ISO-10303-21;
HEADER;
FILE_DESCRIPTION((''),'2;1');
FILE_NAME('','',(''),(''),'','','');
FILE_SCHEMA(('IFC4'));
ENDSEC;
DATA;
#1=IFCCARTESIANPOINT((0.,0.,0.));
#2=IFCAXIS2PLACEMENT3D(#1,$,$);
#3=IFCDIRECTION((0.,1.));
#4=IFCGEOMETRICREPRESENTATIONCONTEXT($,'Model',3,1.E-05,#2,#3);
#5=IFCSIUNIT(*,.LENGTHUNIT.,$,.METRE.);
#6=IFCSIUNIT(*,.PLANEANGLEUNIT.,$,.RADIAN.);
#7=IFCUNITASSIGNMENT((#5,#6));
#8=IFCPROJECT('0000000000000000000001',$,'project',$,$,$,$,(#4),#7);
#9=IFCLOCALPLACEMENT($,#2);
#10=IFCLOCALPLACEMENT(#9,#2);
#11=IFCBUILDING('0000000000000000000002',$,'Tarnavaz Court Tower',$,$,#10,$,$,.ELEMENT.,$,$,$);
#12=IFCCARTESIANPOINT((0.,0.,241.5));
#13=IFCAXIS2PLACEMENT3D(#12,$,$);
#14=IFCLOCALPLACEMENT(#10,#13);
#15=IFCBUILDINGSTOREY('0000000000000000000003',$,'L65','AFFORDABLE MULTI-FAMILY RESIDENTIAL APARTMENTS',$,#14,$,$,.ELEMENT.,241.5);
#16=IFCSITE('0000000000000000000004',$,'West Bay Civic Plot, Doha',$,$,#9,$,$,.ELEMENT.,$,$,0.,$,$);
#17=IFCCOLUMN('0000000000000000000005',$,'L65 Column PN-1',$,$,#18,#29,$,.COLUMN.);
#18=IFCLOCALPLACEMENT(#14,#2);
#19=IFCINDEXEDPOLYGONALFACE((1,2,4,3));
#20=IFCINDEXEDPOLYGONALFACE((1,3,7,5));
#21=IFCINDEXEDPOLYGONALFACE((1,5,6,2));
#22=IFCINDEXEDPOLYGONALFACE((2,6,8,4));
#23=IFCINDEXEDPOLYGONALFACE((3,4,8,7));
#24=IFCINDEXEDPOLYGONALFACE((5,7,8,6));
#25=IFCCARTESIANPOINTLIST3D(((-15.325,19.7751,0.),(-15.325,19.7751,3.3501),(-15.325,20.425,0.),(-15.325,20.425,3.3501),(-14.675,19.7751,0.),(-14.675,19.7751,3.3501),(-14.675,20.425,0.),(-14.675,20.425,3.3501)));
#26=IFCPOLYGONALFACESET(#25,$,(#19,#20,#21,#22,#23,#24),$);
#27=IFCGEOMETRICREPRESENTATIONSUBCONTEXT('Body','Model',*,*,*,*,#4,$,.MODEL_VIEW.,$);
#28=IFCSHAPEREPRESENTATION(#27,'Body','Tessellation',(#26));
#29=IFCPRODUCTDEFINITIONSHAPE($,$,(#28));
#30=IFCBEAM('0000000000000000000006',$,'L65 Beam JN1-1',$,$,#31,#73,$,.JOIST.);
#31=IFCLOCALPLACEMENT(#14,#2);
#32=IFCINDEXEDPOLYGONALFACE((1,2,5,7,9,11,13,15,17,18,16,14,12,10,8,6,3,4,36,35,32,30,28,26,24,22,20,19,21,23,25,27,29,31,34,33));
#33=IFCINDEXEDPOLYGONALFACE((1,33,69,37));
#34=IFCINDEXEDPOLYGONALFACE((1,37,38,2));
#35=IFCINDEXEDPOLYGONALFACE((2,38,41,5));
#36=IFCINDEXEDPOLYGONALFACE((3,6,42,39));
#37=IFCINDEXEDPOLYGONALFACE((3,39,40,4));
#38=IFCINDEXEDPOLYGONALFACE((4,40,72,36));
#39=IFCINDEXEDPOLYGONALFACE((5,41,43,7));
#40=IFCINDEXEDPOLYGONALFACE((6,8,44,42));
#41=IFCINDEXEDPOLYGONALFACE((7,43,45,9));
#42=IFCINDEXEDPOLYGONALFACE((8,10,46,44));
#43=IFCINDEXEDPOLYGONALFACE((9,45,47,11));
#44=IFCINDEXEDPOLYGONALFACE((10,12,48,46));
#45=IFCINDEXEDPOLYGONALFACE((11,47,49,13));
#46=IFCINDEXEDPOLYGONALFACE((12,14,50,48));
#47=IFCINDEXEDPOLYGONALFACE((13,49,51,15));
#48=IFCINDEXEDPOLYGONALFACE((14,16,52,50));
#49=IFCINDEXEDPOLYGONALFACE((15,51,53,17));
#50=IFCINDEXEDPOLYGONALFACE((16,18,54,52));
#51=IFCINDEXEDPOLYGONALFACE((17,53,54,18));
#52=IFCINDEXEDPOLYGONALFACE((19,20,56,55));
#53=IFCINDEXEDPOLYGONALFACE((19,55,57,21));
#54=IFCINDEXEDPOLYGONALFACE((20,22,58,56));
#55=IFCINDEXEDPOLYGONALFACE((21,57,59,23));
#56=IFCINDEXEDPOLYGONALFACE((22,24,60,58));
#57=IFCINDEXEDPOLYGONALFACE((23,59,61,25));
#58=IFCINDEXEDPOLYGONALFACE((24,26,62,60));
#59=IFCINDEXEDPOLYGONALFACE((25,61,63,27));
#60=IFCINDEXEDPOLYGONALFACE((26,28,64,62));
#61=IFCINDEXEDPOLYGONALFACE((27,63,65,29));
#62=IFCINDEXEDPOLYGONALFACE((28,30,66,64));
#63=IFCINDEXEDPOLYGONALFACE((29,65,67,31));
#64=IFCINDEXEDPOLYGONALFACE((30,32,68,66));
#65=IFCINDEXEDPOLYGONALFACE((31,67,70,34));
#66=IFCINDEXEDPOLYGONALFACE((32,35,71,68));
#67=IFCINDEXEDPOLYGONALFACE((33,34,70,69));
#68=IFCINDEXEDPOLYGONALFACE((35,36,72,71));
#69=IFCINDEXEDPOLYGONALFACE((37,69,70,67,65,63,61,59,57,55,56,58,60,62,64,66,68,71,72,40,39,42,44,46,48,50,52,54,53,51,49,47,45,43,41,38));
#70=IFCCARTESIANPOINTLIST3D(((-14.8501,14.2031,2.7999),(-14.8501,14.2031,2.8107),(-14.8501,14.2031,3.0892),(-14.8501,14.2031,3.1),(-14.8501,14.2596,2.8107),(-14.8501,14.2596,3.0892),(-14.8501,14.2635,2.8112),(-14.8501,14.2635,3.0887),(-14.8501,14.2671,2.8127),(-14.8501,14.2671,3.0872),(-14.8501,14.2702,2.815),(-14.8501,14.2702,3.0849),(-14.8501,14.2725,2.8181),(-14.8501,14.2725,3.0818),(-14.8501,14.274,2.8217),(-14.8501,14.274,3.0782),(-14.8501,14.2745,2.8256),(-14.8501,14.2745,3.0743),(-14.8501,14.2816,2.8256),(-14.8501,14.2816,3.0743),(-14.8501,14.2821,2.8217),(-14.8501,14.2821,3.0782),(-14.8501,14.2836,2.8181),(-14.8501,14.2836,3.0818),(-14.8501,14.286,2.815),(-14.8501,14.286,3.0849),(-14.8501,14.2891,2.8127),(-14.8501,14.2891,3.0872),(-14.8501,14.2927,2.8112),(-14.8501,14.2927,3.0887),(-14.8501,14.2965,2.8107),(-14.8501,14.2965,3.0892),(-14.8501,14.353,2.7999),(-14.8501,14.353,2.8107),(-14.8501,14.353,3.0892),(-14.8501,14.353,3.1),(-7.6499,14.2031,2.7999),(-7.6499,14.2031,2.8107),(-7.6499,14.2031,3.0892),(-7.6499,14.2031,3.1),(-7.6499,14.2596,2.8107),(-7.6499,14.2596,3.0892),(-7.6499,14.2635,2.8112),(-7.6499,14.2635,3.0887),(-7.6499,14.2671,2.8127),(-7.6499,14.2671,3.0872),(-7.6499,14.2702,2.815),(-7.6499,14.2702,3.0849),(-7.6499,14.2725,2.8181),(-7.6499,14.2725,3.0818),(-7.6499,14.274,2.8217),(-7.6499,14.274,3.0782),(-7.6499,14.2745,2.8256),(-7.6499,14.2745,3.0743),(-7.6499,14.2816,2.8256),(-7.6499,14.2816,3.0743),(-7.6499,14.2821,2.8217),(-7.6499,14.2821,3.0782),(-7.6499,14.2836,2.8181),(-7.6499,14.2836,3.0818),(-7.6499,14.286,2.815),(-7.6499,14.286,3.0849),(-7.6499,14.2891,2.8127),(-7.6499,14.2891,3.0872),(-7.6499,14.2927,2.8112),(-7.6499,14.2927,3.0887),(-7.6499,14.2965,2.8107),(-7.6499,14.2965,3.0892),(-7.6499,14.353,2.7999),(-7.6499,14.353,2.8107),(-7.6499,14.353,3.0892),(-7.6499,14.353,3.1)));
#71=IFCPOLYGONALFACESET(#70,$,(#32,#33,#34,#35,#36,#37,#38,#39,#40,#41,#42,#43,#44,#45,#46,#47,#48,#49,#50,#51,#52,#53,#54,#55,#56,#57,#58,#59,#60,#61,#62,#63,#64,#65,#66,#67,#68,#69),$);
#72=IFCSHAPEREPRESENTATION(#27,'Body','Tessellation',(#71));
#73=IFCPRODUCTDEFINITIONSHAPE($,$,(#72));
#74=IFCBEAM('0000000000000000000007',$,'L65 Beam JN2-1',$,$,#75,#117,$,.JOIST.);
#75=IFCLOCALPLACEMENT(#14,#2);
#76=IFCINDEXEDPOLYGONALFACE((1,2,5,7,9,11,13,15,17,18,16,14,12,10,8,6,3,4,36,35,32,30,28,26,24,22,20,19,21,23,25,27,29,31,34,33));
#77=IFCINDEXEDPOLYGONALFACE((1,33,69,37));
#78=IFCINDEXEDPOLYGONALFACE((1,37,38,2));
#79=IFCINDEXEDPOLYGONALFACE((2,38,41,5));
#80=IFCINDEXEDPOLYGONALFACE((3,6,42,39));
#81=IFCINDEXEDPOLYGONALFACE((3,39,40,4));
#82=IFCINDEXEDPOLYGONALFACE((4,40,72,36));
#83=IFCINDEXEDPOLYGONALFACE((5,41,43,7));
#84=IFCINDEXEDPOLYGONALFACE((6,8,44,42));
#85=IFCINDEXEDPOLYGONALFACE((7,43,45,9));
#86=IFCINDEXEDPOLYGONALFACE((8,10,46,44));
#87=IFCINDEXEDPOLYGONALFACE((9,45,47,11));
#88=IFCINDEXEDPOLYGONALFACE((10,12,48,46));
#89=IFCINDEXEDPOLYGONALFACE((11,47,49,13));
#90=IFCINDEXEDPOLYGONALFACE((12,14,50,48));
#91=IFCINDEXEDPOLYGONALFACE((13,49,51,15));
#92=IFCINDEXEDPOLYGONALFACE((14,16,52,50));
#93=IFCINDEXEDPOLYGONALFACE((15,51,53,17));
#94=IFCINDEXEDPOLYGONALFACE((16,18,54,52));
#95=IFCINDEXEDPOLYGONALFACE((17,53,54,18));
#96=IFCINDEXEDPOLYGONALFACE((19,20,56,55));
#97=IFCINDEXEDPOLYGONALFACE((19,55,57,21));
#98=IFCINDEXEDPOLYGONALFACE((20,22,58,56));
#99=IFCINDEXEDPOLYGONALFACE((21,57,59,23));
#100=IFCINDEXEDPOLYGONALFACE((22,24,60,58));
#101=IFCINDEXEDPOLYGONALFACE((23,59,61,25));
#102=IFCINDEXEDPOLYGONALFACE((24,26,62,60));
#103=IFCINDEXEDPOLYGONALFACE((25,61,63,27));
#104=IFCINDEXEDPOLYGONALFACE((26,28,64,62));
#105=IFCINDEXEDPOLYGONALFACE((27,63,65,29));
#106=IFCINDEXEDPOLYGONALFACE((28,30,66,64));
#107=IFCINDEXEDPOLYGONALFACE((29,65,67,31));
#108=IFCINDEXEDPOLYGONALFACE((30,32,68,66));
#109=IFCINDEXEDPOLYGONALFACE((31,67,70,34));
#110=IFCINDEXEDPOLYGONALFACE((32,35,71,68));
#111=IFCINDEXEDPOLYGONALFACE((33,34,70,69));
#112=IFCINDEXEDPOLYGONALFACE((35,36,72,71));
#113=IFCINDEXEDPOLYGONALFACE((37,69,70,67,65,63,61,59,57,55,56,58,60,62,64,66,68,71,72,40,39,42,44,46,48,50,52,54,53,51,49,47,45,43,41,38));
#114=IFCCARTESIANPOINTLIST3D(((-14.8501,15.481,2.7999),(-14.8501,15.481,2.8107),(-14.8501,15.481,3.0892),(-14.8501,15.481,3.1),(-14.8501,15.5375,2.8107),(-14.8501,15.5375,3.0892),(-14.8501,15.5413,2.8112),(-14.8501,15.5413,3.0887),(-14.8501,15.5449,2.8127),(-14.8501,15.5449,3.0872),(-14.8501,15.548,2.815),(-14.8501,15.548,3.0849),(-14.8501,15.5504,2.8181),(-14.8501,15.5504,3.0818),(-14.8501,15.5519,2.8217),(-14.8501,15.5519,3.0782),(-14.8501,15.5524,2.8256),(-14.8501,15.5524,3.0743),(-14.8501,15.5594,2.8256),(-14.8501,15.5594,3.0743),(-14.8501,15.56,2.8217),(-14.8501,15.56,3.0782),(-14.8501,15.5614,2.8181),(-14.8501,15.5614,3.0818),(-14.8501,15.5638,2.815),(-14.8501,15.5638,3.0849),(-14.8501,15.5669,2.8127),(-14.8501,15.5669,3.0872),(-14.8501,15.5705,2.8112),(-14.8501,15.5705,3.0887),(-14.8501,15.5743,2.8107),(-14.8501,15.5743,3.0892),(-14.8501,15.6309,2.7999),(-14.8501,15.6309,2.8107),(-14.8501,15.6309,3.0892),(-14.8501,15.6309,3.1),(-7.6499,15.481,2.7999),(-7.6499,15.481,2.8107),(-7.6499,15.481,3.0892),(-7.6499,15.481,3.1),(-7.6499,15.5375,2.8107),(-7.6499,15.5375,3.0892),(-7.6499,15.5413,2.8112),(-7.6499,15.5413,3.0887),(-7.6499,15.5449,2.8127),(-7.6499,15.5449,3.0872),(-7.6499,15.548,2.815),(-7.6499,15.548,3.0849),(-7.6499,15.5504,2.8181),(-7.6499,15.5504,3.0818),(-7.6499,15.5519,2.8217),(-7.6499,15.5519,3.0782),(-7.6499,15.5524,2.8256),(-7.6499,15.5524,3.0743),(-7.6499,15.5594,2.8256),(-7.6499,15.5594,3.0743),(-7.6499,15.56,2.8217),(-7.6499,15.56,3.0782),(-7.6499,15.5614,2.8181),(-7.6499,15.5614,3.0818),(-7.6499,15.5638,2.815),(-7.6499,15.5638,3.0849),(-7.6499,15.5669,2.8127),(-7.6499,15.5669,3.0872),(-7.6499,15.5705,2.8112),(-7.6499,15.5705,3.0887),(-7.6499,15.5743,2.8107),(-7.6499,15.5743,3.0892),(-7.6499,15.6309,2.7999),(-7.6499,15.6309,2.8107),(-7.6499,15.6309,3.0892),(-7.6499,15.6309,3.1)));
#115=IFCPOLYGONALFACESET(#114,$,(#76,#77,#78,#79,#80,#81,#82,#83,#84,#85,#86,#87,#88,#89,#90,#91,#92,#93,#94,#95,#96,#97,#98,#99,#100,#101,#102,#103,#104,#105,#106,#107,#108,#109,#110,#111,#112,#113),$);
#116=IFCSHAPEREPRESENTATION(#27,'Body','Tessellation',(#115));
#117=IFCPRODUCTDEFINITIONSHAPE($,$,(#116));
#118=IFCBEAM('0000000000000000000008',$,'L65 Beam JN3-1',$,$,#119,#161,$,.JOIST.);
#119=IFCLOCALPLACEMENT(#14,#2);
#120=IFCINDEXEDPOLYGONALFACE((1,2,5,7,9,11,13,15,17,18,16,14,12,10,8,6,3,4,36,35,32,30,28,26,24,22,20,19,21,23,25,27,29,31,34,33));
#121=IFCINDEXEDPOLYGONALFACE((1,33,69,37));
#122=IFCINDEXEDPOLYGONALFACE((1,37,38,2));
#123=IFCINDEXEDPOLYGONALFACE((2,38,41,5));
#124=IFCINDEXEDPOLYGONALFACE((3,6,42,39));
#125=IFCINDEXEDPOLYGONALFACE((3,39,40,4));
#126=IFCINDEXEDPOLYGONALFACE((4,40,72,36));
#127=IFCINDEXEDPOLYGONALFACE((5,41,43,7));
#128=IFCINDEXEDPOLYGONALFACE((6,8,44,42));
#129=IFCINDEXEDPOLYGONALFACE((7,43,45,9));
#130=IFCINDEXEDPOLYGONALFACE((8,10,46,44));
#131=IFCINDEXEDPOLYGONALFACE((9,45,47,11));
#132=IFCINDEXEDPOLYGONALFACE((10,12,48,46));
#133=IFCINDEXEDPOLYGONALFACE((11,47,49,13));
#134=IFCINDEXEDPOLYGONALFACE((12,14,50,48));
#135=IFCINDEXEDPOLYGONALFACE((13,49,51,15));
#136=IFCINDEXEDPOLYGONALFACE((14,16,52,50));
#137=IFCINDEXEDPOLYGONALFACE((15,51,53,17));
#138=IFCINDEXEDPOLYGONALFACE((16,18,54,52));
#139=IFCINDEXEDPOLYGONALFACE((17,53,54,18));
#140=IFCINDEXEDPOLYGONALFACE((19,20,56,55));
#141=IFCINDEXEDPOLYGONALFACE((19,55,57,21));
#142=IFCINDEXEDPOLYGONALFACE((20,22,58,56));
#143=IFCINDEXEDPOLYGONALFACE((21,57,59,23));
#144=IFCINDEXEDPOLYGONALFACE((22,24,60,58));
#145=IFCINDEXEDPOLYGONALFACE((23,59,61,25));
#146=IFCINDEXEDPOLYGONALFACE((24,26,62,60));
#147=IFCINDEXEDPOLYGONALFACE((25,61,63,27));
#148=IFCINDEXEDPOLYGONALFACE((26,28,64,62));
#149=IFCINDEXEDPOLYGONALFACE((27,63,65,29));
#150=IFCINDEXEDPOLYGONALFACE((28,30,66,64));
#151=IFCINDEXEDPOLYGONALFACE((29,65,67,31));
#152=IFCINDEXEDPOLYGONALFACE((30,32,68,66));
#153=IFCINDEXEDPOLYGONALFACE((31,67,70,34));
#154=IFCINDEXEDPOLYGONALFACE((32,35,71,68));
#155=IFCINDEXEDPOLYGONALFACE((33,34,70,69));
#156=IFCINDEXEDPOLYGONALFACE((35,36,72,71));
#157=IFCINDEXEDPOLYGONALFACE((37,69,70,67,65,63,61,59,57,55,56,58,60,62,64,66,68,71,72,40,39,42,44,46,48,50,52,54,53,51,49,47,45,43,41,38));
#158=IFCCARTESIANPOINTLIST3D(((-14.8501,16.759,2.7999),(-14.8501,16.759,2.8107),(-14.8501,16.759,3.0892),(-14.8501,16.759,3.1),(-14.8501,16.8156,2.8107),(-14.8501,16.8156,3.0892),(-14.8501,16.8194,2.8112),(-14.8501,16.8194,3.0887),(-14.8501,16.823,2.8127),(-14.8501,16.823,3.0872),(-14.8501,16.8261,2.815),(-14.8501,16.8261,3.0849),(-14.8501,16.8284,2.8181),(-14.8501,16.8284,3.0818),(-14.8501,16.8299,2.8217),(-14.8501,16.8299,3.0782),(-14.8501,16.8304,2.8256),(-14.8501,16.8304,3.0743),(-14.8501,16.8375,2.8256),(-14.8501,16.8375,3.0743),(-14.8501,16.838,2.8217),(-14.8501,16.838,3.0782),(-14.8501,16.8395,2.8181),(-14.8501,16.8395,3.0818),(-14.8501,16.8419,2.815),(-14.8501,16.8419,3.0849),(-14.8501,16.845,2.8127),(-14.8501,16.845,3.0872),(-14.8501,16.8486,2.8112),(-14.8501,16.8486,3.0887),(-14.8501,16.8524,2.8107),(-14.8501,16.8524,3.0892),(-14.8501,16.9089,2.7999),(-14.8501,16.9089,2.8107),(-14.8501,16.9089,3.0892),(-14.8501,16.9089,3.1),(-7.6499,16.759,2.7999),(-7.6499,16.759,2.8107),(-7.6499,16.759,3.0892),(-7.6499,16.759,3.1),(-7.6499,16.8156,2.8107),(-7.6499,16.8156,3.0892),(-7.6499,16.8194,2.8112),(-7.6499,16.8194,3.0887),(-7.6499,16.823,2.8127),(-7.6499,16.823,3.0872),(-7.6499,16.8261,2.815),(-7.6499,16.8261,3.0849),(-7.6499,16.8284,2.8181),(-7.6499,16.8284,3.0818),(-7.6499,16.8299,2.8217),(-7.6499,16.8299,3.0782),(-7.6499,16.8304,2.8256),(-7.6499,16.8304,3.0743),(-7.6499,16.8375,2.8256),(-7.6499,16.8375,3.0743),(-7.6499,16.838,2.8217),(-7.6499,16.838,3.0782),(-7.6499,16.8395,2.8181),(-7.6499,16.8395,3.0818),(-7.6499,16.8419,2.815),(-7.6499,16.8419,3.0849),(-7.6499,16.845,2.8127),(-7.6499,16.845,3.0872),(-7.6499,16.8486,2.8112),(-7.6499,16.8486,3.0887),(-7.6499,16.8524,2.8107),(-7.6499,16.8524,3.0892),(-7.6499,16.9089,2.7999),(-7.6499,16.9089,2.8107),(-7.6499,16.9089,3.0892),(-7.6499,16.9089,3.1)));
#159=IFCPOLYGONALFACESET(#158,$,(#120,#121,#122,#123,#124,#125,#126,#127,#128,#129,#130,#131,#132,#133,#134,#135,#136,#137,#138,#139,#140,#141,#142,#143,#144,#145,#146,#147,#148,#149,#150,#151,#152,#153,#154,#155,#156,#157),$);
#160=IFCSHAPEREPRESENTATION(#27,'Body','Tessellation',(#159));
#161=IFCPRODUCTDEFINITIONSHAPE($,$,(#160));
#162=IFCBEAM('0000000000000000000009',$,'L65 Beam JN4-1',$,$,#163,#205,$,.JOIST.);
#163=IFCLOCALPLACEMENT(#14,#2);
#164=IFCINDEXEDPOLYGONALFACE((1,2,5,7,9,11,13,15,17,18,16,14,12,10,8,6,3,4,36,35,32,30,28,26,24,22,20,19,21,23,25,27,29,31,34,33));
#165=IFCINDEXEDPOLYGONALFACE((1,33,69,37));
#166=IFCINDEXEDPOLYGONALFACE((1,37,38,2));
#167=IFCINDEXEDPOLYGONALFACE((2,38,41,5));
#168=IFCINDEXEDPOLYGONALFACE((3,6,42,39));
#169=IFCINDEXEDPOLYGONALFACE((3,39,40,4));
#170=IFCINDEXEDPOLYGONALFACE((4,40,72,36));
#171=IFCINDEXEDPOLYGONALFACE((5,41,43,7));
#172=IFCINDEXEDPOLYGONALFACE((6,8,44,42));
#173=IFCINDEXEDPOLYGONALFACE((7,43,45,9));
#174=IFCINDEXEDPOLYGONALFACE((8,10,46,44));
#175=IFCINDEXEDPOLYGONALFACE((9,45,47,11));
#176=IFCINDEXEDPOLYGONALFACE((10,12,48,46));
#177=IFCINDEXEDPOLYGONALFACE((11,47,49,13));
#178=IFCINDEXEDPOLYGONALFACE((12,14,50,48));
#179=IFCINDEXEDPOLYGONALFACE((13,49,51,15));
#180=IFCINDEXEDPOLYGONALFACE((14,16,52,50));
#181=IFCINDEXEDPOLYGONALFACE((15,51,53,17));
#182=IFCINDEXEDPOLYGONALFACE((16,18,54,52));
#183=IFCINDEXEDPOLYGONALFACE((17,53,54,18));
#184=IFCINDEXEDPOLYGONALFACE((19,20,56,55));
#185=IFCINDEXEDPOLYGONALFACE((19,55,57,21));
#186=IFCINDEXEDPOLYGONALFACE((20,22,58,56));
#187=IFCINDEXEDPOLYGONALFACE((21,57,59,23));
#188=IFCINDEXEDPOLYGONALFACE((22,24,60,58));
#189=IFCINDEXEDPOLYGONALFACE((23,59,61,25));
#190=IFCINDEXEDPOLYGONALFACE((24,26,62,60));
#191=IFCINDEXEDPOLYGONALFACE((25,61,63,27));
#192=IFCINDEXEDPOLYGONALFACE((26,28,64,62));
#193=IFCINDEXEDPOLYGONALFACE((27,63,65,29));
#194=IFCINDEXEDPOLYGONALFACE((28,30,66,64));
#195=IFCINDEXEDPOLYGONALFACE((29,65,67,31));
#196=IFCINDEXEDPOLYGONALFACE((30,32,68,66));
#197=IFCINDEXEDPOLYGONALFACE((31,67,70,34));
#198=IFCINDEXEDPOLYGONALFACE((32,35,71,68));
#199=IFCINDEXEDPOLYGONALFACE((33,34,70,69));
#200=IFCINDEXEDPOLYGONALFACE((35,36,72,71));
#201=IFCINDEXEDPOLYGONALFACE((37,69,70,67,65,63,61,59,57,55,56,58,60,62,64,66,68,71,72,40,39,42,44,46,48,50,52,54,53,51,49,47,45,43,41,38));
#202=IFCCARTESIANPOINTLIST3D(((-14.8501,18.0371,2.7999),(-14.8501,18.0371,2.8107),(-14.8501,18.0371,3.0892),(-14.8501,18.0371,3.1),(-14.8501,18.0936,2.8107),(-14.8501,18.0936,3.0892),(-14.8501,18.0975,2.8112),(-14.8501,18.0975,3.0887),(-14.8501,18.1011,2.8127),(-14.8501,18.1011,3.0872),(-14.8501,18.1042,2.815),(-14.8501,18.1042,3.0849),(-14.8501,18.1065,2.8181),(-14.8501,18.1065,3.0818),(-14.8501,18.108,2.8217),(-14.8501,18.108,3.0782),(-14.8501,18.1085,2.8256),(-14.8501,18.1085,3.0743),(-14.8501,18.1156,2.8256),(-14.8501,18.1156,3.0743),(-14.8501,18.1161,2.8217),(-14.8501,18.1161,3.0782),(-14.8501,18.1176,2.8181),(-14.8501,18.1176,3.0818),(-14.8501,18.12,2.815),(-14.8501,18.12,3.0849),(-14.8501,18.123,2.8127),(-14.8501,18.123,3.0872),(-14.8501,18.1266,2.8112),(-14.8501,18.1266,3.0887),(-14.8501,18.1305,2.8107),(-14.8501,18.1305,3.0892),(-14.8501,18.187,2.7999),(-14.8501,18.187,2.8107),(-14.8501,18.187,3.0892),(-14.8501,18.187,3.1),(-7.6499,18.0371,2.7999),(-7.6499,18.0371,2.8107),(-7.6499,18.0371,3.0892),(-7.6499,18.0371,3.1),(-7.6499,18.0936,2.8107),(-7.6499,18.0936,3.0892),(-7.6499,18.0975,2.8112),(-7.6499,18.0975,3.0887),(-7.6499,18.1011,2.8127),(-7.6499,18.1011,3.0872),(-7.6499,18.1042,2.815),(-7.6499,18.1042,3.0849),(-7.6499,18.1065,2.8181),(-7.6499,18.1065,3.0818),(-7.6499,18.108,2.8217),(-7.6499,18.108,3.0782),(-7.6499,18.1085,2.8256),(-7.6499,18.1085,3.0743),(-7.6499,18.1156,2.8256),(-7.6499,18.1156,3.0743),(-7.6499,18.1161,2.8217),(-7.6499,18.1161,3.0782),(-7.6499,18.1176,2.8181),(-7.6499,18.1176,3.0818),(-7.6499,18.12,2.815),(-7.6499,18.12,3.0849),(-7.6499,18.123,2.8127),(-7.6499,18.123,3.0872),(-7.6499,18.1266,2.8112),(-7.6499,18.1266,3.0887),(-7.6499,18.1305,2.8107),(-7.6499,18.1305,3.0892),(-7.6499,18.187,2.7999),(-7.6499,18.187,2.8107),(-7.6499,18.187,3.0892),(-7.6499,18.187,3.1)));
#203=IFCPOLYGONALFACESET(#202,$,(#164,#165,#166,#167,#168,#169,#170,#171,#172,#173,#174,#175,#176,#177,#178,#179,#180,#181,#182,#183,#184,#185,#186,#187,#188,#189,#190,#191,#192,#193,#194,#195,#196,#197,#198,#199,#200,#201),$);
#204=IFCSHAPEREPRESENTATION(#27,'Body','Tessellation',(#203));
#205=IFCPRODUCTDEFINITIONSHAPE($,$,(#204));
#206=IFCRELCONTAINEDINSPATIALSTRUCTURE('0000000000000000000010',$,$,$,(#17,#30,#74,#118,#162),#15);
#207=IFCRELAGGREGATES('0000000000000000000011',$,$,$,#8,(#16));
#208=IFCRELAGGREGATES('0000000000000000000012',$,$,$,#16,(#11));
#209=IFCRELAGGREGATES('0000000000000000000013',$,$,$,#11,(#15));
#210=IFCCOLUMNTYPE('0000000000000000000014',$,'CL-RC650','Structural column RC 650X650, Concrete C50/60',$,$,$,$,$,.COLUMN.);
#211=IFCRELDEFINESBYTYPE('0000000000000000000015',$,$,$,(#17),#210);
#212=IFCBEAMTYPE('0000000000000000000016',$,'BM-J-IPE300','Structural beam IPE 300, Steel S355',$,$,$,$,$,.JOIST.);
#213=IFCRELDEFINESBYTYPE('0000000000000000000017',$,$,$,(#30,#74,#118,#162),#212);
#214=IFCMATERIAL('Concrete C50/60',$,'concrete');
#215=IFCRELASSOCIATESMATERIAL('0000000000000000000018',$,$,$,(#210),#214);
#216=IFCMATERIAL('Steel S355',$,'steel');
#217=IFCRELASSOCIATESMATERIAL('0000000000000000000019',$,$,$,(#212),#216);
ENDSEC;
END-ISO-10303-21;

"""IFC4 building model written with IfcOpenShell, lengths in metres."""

from ifc_helpers import new_model, si_unit, direction, frame, origin, origin_2d, place, context, subcontext, project, spatial, rectangle, i_section, extrude, material, material_profile, profile_set, type_object, element, save


model = new_model("IFC4")

# Units and contexts
model_context = context("Model", 3, precision=1e-05, world=origin(), true_north=direction((0.0, 1.0)))
body_context = subcontext(model_context, "Body", "Model", "MODEL_VIEW")
ifc_project = project(units=[si_unit("LENGTHUNIT", "METRE"), si_unit("PLANEANGLEUNIT", "RADIAN")], contexts=[model_context])

# Site, building, storey
site_placement = place(None, origin())
site = spatial("IfcSite", under=ifc_project, at=site_placement, Name="West Bay Civic Plot, Doha", CompositionType="ELEMENT", RefElevation=0.0)
building_placement = place(site_placement, origin())
building = spatial("IfcBuilding", under=site, at=building_placement, Name="Tarnavaz Court Tower", CompositionType="ELEMENT")
storey_placement = place(building_placement, frame((0.0, 0.0, 241.5)))
storey = spatial("IfcBuildingStorey", under=building, at=storey_placement, Name="L65", Description="AFFORDABLE MULTI-FAMILY RESIDENTIAL APARTMENTS", CompositionType="ELEMENT", Elevation=241.5)

# Column
ifc_material_1 = material(Name="Concrete C50/60", Category="concrete")
ifc_material_profile_1 = material_profile(ifc_material_1, rectangle(XDim=0.6499, YDim=0.6499, at=origin_2d()), Name="RC 650X650")
ifc_profile_set_1 = profile_set([ifc_material_profile_1], Name="Concrete C50/60")
column_type = type_object("IfcColumnType", Name="CL-RC650", Description="Structural column RC 650X650, Concrete C50/60", PredefinedType="COLUMN", material=ifc_profile_set_1)
column_placement = place(storey_placement, frame((-15.0, 20.1001, 0.0), z_axis=(0.0, 0.0, 1.0), x_axis=(1.0, 0.0, 0.0)))
element("IfcColumn", 1, at=column_placement, inside=storey, type_object=column_type, Name="L65 Column PN-1", PredefinedType="COLUMN", context=body_context, shape_type="SweptSolid", body=[
    extrude(rectangle(XDim=0.6499, YDim=0.6499, at=origin_2d()), origin(), (0.0, 0.0, 1.0), 3.3501),
])

# Beams
ifc_material_2 = material(Name="Steel S355", Category="steel")
ifc_material_profile_2 = material_profile(ifc_material_2, i_section(OverallWidth=0.1499, OverallDepth=0.3, WebThickness=0.0071, FlangeThickness=0.0107, FilletRadius=0.0149, at=origin_2d()), Name="IPE 300")
ifc_profile_set_2 = profile_set([ifc_material_profile_2], Name="Steel S355")
beam_type_1 = type_object("IfcBeamType", Name="BM-J-IPE300", Description="Structural beam IPE 300, Steel S355", PredefinedType="JOIST", material=ifc_profile_set_2)
for number, where, z_axis, x_axis, name in (
    (2, (-14.8501, 14.2781, 2.95), (1.0, 0.0, 0.0), (0.0, 1.0, 0.0), "L65 Beam JN1-1"),
    (3, (-14.8501, 15.5559, 2.95), (1.0, 0.0, 0.0), (0.0, 1.0, 0.0), "L65 Beam JN2-1"),
    (4, (-14.8501, 16.834, 2.95), (1.0, 0.0, 0.0), (0.0, 1.0, 0.0), "L65 Beam JN3-1"),
    (5, (-14.8501, 18.1121, 2.95), (1.0, 0.0, 0.0), (0.0, 1.0, 0.0), "L65 Beam JN4-1"),
):
    element("IfcBeam", number, at=place(storey_placement, frame(where, z_axis=z_axis, x_axis=x_axis)), inside=storey, type_object=beam_type_1, Name=name, PredefinedType="JOIST", context=body_context, shape_type="SweptSolid", body=[
        extrude(i_section(OverallWidth=0.1499, OverallDepth=0.3, WebThickness=0.0071, FlangeThickness=0.0107, FilletRadius=0.0149, at=origin_2d()), origin(), (0.0, 0.0, 1.0), 7.2002),
    ])

save(model, "model.ifc")
